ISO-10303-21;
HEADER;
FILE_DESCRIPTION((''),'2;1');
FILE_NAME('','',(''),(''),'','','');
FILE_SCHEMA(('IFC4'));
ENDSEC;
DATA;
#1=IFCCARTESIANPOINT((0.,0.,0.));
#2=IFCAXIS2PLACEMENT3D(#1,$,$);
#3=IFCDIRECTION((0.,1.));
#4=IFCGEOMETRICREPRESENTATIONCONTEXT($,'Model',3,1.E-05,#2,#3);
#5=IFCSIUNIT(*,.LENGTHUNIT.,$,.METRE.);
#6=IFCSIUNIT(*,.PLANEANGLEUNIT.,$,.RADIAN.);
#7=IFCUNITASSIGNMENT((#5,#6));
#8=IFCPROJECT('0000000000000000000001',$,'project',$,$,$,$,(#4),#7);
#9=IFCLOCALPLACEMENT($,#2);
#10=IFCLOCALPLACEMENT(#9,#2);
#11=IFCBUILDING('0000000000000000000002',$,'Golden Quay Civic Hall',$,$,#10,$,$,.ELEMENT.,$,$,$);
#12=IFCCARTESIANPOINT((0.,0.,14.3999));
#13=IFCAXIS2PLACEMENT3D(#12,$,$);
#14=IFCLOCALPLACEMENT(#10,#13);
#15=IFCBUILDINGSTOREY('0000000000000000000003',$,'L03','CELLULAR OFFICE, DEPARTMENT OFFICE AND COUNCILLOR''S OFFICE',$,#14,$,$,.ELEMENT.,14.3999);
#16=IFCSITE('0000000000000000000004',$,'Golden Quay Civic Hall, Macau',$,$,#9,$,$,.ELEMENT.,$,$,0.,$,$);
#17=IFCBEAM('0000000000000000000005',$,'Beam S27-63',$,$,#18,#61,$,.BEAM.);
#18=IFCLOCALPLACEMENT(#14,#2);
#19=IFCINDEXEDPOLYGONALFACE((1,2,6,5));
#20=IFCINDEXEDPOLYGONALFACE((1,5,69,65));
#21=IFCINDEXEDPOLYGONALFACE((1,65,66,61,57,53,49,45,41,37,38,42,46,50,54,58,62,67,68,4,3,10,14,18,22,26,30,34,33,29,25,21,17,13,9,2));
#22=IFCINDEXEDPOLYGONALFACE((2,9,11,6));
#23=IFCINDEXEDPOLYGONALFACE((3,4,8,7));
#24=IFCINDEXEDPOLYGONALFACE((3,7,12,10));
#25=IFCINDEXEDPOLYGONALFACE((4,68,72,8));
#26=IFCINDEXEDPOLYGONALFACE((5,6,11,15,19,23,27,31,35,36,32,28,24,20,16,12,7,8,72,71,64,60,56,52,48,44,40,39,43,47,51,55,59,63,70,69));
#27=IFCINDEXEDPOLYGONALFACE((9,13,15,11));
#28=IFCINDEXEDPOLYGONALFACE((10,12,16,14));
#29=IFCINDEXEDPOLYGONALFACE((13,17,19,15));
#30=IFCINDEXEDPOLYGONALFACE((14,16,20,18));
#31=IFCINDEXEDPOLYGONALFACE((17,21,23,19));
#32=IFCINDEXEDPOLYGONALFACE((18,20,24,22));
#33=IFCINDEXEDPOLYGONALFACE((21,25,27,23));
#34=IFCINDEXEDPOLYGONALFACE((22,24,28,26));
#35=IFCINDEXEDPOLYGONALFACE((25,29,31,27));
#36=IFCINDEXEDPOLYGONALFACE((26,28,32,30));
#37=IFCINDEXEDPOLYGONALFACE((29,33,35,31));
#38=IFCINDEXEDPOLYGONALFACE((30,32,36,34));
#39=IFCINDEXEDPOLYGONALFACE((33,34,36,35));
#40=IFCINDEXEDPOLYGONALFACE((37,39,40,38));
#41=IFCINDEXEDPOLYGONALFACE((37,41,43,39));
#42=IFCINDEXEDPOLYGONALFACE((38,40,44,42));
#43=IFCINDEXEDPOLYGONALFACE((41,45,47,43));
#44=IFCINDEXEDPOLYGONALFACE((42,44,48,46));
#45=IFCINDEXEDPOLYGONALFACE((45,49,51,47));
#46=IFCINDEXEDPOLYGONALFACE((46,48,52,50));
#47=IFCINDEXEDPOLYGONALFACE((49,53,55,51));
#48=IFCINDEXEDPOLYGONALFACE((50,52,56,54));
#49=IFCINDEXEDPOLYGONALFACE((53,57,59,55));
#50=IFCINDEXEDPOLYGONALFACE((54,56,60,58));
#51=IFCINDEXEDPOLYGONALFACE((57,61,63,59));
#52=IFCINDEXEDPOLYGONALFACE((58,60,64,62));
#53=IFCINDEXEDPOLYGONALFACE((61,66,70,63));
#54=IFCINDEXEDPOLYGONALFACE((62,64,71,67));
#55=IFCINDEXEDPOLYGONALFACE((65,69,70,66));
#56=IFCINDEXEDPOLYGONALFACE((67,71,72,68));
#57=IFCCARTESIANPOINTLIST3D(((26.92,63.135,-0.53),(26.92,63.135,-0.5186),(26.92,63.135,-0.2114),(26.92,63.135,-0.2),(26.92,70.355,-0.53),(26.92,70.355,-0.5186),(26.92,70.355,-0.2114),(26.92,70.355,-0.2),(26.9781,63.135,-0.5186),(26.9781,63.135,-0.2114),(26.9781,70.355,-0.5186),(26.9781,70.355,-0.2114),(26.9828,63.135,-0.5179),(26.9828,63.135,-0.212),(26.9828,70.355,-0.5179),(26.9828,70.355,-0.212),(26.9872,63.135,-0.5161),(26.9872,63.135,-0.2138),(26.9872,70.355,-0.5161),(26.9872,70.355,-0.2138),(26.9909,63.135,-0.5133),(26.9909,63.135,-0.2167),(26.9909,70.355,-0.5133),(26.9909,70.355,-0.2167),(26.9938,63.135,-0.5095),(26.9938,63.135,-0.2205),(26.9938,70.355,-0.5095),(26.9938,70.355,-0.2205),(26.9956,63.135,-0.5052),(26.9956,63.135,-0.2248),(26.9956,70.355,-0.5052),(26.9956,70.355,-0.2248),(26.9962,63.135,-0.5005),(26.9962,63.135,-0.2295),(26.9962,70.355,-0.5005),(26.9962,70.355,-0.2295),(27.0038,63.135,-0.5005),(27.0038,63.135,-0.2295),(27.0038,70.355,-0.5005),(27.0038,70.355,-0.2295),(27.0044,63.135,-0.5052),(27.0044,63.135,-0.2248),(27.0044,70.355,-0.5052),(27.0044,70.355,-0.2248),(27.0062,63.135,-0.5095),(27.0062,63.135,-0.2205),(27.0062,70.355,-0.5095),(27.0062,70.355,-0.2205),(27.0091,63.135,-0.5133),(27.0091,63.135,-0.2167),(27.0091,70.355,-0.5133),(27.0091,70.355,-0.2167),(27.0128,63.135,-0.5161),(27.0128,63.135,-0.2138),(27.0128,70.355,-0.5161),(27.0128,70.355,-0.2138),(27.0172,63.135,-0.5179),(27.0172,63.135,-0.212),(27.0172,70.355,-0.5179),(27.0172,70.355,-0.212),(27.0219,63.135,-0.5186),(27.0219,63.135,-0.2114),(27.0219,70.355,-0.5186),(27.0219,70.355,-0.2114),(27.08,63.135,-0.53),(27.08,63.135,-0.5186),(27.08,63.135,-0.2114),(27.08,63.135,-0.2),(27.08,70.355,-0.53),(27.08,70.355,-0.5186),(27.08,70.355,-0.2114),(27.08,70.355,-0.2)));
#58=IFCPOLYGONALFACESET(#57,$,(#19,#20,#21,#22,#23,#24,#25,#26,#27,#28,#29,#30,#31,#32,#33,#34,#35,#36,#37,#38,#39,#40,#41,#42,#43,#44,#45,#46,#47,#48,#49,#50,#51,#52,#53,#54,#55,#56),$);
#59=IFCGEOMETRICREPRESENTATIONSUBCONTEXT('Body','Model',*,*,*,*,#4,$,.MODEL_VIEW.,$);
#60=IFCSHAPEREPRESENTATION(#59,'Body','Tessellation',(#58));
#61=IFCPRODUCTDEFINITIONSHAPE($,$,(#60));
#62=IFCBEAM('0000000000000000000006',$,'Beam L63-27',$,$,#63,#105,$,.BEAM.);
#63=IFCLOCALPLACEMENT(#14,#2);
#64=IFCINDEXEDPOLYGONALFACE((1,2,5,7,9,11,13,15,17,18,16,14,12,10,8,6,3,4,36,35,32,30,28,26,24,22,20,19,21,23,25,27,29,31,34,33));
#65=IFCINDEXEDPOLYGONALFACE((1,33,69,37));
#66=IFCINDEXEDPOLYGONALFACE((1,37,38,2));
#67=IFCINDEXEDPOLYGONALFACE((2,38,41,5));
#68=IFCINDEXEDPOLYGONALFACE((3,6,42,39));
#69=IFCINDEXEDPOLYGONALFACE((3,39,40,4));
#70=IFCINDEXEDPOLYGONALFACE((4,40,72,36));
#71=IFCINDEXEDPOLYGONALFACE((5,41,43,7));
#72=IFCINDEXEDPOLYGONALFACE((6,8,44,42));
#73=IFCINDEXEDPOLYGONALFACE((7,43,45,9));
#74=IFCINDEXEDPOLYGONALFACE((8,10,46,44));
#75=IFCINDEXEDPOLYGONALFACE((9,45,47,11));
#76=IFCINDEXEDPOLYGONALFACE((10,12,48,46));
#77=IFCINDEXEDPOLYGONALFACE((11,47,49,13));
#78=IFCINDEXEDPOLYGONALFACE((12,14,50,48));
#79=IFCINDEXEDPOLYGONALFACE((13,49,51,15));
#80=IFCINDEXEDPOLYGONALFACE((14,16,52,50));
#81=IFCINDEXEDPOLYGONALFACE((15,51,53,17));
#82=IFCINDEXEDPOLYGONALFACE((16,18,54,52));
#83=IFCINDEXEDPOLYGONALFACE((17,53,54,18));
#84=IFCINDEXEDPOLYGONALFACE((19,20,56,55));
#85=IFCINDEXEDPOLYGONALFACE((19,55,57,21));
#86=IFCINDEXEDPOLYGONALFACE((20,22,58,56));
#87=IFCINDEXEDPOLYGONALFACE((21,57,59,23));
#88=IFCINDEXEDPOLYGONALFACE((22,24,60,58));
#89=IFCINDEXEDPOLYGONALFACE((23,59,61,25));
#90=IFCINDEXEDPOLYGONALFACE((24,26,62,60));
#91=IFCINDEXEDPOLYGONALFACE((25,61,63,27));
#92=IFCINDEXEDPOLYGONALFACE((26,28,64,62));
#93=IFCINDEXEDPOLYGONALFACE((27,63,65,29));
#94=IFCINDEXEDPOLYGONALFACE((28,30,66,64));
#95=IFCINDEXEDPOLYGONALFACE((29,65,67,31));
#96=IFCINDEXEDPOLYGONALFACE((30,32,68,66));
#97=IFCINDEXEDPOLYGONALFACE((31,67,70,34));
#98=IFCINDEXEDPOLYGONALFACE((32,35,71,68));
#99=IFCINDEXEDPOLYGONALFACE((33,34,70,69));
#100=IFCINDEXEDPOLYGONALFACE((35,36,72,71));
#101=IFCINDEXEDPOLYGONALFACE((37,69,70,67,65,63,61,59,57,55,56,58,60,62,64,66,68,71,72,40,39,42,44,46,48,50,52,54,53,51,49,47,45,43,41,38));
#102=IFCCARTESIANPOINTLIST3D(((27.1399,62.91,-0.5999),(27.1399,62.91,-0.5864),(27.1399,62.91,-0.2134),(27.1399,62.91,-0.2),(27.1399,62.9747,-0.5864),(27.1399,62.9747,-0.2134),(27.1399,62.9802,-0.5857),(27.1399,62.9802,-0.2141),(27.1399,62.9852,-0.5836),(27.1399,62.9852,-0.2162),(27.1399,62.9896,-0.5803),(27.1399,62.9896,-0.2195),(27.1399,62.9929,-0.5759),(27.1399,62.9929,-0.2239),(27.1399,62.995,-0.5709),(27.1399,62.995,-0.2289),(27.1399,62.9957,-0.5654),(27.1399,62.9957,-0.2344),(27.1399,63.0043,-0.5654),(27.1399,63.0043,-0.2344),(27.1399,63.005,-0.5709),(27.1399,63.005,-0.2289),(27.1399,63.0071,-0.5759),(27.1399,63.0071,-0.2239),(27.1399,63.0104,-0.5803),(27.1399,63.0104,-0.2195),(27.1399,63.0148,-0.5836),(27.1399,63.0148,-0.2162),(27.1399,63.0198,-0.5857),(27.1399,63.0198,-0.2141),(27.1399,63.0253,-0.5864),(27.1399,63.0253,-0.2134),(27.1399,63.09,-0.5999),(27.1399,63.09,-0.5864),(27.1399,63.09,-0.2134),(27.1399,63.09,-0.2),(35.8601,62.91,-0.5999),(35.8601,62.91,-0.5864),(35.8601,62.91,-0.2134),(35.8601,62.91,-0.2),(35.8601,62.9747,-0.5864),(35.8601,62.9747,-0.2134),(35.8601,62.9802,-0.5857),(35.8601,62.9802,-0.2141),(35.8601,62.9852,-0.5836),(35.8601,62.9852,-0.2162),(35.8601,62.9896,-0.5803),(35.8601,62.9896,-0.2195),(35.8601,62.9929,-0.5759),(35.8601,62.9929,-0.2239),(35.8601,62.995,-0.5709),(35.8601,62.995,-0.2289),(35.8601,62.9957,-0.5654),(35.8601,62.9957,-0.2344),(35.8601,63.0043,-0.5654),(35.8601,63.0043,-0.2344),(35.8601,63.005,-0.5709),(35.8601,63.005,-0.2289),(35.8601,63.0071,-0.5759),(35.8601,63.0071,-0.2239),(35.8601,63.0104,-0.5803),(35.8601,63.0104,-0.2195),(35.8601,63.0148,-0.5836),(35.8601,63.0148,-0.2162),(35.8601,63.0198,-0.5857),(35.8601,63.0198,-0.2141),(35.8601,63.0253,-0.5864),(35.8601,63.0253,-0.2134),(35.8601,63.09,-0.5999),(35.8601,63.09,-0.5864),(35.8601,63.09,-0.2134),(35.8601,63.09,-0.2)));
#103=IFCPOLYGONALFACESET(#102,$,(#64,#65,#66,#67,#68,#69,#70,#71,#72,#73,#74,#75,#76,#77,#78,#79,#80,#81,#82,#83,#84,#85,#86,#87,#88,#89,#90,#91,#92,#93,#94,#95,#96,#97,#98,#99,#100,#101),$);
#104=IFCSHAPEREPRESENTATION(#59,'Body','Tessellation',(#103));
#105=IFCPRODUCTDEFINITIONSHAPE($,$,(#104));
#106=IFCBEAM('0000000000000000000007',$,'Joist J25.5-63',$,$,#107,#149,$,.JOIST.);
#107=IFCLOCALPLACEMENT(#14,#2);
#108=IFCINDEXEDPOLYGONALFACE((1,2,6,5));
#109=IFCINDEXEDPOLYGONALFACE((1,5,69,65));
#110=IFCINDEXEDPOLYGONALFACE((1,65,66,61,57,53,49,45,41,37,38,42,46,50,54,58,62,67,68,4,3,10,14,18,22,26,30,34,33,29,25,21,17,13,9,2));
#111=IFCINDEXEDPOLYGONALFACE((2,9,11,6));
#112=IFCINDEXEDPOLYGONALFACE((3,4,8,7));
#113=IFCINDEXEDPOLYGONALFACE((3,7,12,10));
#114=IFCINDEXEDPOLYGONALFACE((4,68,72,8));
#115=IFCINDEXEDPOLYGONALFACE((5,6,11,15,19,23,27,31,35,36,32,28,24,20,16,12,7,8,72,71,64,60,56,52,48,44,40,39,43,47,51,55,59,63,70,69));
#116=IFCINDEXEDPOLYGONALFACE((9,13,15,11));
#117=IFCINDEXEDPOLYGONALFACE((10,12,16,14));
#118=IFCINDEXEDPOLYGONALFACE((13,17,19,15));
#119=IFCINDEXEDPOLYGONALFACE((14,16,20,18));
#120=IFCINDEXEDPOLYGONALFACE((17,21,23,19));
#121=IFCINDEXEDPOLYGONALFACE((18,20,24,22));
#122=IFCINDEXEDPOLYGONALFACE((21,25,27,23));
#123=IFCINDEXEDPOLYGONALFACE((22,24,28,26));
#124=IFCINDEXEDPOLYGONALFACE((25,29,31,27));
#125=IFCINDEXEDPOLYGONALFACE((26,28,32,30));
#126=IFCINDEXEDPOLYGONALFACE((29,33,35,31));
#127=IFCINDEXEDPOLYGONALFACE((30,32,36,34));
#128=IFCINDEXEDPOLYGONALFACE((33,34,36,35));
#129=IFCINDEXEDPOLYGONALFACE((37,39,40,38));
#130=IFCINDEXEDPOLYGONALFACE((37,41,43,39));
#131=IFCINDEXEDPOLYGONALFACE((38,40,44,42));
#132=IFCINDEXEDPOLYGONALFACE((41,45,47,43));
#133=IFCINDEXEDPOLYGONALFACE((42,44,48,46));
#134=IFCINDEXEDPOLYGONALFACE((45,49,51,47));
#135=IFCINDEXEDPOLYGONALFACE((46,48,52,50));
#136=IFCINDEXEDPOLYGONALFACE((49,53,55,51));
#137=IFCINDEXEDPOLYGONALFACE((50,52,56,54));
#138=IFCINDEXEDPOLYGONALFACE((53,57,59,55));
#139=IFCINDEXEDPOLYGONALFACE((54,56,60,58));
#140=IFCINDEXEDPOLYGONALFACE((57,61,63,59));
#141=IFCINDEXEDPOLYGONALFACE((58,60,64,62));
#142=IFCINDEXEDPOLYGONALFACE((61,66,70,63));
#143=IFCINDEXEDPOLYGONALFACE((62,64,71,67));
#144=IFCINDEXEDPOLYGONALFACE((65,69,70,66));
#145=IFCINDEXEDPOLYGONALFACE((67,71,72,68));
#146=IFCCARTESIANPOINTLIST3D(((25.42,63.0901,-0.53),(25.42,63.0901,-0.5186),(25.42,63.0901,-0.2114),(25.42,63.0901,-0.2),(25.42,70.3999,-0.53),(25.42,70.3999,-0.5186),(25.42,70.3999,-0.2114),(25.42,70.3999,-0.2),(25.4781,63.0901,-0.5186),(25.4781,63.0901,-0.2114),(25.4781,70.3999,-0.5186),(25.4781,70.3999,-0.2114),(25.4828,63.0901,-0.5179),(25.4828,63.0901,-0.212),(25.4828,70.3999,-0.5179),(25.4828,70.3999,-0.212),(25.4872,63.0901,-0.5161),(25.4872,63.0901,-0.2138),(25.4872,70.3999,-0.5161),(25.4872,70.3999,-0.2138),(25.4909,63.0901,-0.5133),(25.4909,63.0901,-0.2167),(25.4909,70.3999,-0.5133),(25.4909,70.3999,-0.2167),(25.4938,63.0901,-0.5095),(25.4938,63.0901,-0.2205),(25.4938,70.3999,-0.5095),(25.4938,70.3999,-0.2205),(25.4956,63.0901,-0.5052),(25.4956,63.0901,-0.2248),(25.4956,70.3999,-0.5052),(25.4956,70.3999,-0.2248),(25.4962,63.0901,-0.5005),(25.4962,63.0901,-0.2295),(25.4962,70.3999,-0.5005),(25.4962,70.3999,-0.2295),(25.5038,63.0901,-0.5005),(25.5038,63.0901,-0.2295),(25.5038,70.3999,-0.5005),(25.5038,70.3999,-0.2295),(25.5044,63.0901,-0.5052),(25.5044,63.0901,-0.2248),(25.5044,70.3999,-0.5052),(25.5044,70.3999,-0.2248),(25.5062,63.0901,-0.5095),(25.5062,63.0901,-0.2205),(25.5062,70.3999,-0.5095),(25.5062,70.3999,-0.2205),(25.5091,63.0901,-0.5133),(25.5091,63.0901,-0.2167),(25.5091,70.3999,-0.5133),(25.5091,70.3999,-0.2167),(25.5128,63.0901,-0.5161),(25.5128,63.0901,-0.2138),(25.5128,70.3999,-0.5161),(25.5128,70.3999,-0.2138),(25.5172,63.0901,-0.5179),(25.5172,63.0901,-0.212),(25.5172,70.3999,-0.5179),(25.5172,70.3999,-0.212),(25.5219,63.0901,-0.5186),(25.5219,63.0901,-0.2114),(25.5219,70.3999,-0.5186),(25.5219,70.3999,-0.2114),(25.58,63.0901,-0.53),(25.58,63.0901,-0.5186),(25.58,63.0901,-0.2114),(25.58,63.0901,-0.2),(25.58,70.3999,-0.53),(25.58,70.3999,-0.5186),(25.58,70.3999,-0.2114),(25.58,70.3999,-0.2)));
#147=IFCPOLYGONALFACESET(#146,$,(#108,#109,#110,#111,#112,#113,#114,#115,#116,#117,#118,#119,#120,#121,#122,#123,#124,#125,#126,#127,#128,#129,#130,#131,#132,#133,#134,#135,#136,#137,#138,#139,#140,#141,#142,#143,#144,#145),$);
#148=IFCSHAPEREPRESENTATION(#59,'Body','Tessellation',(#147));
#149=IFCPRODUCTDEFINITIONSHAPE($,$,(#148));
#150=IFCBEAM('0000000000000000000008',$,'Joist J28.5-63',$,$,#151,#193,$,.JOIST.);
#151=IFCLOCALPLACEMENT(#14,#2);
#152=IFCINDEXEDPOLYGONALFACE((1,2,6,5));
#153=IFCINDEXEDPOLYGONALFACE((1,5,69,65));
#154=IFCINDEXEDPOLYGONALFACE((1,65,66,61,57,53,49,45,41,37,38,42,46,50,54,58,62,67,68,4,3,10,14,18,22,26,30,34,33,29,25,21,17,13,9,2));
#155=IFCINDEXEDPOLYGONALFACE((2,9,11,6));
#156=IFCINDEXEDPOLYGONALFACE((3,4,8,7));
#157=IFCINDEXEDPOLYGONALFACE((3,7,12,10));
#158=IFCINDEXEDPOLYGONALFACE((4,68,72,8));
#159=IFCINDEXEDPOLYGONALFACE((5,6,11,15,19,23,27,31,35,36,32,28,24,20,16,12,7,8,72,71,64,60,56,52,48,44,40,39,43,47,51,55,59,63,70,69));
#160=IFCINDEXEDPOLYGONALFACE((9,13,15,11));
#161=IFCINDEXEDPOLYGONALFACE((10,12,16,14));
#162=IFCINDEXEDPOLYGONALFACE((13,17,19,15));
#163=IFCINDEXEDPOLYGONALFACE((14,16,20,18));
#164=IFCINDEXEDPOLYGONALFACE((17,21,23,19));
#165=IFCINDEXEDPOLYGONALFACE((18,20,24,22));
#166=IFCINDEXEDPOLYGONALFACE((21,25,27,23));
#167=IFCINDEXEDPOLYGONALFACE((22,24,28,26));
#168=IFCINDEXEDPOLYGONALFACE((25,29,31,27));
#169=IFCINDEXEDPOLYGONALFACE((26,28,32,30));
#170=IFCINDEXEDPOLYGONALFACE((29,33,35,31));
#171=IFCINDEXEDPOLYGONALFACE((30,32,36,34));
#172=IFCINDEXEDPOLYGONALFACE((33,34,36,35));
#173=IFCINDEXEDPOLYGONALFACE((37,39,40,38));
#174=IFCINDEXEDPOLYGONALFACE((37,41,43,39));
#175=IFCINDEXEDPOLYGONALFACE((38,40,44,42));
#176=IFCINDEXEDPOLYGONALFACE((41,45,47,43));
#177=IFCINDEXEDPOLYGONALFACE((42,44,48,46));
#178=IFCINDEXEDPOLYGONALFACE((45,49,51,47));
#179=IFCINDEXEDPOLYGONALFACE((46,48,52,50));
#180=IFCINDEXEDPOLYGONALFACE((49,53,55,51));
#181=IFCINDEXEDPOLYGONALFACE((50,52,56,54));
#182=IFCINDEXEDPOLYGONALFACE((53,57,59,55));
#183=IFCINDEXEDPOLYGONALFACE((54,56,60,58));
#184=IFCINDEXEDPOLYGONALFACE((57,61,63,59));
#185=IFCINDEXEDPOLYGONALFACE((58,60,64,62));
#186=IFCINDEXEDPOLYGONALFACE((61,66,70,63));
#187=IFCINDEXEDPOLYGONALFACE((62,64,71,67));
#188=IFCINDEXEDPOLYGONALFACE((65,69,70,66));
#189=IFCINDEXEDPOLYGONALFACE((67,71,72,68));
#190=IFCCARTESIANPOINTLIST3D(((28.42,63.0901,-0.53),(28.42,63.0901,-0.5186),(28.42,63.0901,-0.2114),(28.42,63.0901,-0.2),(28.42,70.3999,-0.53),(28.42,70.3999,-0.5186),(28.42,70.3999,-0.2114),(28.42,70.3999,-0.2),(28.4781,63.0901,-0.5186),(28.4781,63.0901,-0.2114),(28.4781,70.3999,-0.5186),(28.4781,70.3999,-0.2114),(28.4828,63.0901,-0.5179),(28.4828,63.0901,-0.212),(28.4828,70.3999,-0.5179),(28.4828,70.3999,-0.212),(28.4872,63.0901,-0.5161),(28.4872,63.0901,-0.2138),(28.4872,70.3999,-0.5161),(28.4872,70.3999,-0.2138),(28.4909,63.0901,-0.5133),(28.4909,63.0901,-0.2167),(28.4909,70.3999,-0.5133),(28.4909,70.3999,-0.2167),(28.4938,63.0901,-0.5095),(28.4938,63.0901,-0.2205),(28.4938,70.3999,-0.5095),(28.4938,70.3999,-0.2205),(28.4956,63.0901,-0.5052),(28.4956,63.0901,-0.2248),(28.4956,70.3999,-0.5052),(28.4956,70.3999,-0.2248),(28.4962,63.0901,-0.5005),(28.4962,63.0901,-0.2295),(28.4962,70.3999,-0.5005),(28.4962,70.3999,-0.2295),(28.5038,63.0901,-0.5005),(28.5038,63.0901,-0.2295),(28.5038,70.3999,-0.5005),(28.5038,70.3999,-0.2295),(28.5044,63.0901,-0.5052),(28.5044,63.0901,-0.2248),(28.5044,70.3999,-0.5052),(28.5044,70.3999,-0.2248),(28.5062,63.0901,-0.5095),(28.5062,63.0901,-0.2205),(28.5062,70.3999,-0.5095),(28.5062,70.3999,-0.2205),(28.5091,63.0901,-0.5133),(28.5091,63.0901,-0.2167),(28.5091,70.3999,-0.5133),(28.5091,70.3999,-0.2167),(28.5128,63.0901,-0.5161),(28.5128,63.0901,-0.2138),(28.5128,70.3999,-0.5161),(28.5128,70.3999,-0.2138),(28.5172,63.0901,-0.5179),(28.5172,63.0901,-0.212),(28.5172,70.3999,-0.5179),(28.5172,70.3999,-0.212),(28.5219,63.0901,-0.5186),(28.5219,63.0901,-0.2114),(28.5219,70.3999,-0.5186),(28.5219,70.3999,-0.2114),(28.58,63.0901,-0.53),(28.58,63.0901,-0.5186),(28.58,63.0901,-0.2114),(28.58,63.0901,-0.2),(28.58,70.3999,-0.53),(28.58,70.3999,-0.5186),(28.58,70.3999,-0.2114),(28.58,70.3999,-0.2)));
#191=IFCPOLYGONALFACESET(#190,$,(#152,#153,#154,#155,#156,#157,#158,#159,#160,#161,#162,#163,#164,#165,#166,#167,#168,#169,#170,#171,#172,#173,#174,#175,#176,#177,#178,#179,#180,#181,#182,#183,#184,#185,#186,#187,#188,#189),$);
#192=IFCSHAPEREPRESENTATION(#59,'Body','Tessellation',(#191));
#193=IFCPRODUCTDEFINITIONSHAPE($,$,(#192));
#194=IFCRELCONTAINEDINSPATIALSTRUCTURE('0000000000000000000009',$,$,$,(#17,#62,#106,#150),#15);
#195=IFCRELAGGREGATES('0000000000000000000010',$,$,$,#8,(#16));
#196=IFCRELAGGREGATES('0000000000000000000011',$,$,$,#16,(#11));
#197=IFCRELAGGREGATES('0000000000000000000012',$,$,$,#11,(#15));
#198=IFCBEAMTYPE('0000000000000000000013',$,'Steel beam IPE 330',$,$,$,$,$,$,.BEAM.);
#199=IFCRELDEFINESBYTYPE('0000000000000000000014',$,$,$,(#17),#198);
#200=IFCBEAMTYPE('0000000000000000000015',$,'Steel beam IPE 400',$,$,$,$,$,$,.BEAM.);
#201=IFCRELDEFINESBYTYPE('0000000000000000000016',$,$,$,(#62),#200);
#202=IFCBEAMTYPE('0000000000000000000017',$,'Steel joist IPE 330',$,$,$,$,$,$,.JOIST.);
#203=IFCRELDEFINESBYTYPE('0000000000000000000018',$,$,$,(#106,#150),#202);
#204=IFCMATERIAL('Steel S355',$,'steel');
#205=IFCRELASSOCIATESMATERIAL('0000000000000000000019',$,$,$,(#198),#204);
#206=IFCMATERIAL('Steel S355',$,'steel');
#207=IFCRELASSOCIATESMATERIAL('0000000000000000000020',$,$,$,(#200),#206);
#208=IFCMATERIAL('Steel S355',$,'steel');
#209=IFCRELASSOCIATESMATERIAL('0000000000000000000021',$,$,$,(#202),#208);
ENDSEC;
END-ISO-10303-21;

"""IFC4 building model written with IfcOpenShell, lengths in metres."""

from ifc_helpers import new_model, si_unit, direction, frame, origin, origin_2d, place, context, subcontext, project, spatial, i_section, extrude, material, material_profile, profile_set, type_object, element, save


model = new_model("IFC4")

# Units and contexts
model_context = context("Model", 3, precision=1e-05, world=origin(), true_north=direction((0.0, 1.0)))
body_context = subcontext(model_context, "Body", "Model", "MODEL_VIEW")
ifc_project = project(units=[si_unit("LENGTHUNIT", "METRE"), si_unit("PLANEANGLEUNIT", "RADIAN")], contexts=[model_context])

# Site, building, storey
site_placement = place(None, origin())
site = spatial("IfcSite", under=ifc_project, at=site_placement, Name="Golden Quay Civic Hall, Macau", CompositionType="ELEMENT", RefElevation=0.0)
building_placement = place(site_placement, origin())
building = spatial("IfcBuilding", under=site, at=building_placement, Name="Golden Quay Civic Hall", CompositionType="ELEMENT")
storey_placement = place(building_placement, frame((0.0, 0.0, 14.3999)))
storey = spatial("IfcBuildingStorey", under=building, at=storey_placement, Name="L03", Description="CELLULAR OFFICE, DEPARTMENT OFFICE AND COUNCILLOR'S OFFICE", CompositionType="ELEMENT", Elevation=14.3999)

# Beams
ifc_material_1 = material(Name="Steel S355", Category="steel")
ifc_material_profile_1 = material_profile(ifc_material_1, i_section(OverallWidth=0.1599, OverallDepth=0.3301, WebThickness=0.0076, FlangeThickness=0.0115, FilletRadius=0.0181, at=origin_2d()), Name="IPE 330")
ifc_profile_set_1 = profile_set([ifc_material_profile_1], Name="Steel S355")
beam_type_1 = type_object("IfcBeamType", Name="Steel beam IPE 330", PredefinedType="BEAM", material=ifc_profile_set_1)
beam_1_placement = place(storey_placement, frame((27.0, 63.135, -0.365), z_axis=(0.0, 1.0, 0.0), x_axis=(-1.0, 0.0, 0.0)))
element("IfcBeam", 1, at=beam_1_placement, inside=storey, type_object=beam_type_1, Name="Beam S27-63", PredefinedType="BEAM", context=body_context, shape_type="SweptSolid", body=[
    extrude(i_section(OverallWidth=0.1599, OverallDepth=0.3301, WebThickness=0.0076, FlangeThickness=0.0115, FilletRadius=0.0181, at=origin_2d()), origin(), (0.0, 0.0, 1.0), 7.22),
])
ifc_material_2 = material(Name="Steel S355", Category="steel")
ifc_material_profile_2 = material_profile(ifc_material_2, i_section(OverallWidth=0.1799, OverallDepth=0.3999, WebThickness=0.0085, FlangeThickness=0.0134, FilletRadius=0.021, at=origin_2d()), Name="IPE 400")
ifc_profile_set_2 = profile_set([ifc_material_profile_2], Name="Steel S355")
beam_type_2 = type_object("IfcBeamType", Name="Steel beam IPE 400", PredefinedType="BEAM", material=ifc_profile_set_2)
beam_2_placement = place(storey_placement, frame((27.1399, 63.0, -0.3999), z_axis=(1.0, 0.0, 0.0), x_axis=(0.0, 1.0, 0.0)))
element("IfcBeam", 2, at=beam_2_placement, inside=storey, type_object=beam_type_2, Name="Beam L63-27", PredefinedType="BEAM", context=body_context, shape_type="SweptSolid", body=[
    extrude(i_section(OverallWidth=0.1799, OverallDepth=0.3999, WebThickness=0.0085, FlangeThickness=0.0134, FilletRadius=0.021, at=origin_2d()), origin(), (0.0, 0.0, 1.0), 8.7202),
])
ifc_material_3 = material(Name="Steel S355", Category="steel")
ifc_material_profile_3 = material_profile(ifc_material_3, i_section(OverallWidth=0.1599, OverallDepth=0.3301, WebThickness=0.0076, FlangeThickness=0.0115, FilletRadius=0.0181, at=origin_2d()), Name="IPE 330")
ifc_profile_set_3 = profile_set([ifc_material_profile_3], Name="Steel S355")
beam_type_3 = type_object("IfcBeamType", Name="Steel joist IPE 330", PredefinedType="JOIST", material=ifc_profile_set_3)
for number, where, z_axis, x_axis, name in (
    (3, (25.5, 63.0901, -0.365), (0.0, 1.0, 0.0), (-1.0, 0.0, 0.0), "Joist J25.5-63"),
    (4, (28.5, 63.0901, -0.365), (0.0, 1.0, 0.0), (-1.0, 0.0, 0.0), "Joist J28.5-63"),
):
    element("IfcBeam", number, at=place(storey_placement, frame(where, z_axis=z_axis, x_axis=x_axis)), inside=storey, type_object=beam_type_3, Name=name, PredefinedType="JOIST", context=body_context, shape_type="SweptSolid", body=[
        extrude(i_section(OverallWidth=0.1599, OverallDepth=0.3301, WebThickness=0.0076, FlangeThickness=0.0115, FilletRadius=0.0181, at=origin_2d()), origin(), (0.0, 0.0, 1.0), 7.3098),
    ])

save(model, "model.ifc")
